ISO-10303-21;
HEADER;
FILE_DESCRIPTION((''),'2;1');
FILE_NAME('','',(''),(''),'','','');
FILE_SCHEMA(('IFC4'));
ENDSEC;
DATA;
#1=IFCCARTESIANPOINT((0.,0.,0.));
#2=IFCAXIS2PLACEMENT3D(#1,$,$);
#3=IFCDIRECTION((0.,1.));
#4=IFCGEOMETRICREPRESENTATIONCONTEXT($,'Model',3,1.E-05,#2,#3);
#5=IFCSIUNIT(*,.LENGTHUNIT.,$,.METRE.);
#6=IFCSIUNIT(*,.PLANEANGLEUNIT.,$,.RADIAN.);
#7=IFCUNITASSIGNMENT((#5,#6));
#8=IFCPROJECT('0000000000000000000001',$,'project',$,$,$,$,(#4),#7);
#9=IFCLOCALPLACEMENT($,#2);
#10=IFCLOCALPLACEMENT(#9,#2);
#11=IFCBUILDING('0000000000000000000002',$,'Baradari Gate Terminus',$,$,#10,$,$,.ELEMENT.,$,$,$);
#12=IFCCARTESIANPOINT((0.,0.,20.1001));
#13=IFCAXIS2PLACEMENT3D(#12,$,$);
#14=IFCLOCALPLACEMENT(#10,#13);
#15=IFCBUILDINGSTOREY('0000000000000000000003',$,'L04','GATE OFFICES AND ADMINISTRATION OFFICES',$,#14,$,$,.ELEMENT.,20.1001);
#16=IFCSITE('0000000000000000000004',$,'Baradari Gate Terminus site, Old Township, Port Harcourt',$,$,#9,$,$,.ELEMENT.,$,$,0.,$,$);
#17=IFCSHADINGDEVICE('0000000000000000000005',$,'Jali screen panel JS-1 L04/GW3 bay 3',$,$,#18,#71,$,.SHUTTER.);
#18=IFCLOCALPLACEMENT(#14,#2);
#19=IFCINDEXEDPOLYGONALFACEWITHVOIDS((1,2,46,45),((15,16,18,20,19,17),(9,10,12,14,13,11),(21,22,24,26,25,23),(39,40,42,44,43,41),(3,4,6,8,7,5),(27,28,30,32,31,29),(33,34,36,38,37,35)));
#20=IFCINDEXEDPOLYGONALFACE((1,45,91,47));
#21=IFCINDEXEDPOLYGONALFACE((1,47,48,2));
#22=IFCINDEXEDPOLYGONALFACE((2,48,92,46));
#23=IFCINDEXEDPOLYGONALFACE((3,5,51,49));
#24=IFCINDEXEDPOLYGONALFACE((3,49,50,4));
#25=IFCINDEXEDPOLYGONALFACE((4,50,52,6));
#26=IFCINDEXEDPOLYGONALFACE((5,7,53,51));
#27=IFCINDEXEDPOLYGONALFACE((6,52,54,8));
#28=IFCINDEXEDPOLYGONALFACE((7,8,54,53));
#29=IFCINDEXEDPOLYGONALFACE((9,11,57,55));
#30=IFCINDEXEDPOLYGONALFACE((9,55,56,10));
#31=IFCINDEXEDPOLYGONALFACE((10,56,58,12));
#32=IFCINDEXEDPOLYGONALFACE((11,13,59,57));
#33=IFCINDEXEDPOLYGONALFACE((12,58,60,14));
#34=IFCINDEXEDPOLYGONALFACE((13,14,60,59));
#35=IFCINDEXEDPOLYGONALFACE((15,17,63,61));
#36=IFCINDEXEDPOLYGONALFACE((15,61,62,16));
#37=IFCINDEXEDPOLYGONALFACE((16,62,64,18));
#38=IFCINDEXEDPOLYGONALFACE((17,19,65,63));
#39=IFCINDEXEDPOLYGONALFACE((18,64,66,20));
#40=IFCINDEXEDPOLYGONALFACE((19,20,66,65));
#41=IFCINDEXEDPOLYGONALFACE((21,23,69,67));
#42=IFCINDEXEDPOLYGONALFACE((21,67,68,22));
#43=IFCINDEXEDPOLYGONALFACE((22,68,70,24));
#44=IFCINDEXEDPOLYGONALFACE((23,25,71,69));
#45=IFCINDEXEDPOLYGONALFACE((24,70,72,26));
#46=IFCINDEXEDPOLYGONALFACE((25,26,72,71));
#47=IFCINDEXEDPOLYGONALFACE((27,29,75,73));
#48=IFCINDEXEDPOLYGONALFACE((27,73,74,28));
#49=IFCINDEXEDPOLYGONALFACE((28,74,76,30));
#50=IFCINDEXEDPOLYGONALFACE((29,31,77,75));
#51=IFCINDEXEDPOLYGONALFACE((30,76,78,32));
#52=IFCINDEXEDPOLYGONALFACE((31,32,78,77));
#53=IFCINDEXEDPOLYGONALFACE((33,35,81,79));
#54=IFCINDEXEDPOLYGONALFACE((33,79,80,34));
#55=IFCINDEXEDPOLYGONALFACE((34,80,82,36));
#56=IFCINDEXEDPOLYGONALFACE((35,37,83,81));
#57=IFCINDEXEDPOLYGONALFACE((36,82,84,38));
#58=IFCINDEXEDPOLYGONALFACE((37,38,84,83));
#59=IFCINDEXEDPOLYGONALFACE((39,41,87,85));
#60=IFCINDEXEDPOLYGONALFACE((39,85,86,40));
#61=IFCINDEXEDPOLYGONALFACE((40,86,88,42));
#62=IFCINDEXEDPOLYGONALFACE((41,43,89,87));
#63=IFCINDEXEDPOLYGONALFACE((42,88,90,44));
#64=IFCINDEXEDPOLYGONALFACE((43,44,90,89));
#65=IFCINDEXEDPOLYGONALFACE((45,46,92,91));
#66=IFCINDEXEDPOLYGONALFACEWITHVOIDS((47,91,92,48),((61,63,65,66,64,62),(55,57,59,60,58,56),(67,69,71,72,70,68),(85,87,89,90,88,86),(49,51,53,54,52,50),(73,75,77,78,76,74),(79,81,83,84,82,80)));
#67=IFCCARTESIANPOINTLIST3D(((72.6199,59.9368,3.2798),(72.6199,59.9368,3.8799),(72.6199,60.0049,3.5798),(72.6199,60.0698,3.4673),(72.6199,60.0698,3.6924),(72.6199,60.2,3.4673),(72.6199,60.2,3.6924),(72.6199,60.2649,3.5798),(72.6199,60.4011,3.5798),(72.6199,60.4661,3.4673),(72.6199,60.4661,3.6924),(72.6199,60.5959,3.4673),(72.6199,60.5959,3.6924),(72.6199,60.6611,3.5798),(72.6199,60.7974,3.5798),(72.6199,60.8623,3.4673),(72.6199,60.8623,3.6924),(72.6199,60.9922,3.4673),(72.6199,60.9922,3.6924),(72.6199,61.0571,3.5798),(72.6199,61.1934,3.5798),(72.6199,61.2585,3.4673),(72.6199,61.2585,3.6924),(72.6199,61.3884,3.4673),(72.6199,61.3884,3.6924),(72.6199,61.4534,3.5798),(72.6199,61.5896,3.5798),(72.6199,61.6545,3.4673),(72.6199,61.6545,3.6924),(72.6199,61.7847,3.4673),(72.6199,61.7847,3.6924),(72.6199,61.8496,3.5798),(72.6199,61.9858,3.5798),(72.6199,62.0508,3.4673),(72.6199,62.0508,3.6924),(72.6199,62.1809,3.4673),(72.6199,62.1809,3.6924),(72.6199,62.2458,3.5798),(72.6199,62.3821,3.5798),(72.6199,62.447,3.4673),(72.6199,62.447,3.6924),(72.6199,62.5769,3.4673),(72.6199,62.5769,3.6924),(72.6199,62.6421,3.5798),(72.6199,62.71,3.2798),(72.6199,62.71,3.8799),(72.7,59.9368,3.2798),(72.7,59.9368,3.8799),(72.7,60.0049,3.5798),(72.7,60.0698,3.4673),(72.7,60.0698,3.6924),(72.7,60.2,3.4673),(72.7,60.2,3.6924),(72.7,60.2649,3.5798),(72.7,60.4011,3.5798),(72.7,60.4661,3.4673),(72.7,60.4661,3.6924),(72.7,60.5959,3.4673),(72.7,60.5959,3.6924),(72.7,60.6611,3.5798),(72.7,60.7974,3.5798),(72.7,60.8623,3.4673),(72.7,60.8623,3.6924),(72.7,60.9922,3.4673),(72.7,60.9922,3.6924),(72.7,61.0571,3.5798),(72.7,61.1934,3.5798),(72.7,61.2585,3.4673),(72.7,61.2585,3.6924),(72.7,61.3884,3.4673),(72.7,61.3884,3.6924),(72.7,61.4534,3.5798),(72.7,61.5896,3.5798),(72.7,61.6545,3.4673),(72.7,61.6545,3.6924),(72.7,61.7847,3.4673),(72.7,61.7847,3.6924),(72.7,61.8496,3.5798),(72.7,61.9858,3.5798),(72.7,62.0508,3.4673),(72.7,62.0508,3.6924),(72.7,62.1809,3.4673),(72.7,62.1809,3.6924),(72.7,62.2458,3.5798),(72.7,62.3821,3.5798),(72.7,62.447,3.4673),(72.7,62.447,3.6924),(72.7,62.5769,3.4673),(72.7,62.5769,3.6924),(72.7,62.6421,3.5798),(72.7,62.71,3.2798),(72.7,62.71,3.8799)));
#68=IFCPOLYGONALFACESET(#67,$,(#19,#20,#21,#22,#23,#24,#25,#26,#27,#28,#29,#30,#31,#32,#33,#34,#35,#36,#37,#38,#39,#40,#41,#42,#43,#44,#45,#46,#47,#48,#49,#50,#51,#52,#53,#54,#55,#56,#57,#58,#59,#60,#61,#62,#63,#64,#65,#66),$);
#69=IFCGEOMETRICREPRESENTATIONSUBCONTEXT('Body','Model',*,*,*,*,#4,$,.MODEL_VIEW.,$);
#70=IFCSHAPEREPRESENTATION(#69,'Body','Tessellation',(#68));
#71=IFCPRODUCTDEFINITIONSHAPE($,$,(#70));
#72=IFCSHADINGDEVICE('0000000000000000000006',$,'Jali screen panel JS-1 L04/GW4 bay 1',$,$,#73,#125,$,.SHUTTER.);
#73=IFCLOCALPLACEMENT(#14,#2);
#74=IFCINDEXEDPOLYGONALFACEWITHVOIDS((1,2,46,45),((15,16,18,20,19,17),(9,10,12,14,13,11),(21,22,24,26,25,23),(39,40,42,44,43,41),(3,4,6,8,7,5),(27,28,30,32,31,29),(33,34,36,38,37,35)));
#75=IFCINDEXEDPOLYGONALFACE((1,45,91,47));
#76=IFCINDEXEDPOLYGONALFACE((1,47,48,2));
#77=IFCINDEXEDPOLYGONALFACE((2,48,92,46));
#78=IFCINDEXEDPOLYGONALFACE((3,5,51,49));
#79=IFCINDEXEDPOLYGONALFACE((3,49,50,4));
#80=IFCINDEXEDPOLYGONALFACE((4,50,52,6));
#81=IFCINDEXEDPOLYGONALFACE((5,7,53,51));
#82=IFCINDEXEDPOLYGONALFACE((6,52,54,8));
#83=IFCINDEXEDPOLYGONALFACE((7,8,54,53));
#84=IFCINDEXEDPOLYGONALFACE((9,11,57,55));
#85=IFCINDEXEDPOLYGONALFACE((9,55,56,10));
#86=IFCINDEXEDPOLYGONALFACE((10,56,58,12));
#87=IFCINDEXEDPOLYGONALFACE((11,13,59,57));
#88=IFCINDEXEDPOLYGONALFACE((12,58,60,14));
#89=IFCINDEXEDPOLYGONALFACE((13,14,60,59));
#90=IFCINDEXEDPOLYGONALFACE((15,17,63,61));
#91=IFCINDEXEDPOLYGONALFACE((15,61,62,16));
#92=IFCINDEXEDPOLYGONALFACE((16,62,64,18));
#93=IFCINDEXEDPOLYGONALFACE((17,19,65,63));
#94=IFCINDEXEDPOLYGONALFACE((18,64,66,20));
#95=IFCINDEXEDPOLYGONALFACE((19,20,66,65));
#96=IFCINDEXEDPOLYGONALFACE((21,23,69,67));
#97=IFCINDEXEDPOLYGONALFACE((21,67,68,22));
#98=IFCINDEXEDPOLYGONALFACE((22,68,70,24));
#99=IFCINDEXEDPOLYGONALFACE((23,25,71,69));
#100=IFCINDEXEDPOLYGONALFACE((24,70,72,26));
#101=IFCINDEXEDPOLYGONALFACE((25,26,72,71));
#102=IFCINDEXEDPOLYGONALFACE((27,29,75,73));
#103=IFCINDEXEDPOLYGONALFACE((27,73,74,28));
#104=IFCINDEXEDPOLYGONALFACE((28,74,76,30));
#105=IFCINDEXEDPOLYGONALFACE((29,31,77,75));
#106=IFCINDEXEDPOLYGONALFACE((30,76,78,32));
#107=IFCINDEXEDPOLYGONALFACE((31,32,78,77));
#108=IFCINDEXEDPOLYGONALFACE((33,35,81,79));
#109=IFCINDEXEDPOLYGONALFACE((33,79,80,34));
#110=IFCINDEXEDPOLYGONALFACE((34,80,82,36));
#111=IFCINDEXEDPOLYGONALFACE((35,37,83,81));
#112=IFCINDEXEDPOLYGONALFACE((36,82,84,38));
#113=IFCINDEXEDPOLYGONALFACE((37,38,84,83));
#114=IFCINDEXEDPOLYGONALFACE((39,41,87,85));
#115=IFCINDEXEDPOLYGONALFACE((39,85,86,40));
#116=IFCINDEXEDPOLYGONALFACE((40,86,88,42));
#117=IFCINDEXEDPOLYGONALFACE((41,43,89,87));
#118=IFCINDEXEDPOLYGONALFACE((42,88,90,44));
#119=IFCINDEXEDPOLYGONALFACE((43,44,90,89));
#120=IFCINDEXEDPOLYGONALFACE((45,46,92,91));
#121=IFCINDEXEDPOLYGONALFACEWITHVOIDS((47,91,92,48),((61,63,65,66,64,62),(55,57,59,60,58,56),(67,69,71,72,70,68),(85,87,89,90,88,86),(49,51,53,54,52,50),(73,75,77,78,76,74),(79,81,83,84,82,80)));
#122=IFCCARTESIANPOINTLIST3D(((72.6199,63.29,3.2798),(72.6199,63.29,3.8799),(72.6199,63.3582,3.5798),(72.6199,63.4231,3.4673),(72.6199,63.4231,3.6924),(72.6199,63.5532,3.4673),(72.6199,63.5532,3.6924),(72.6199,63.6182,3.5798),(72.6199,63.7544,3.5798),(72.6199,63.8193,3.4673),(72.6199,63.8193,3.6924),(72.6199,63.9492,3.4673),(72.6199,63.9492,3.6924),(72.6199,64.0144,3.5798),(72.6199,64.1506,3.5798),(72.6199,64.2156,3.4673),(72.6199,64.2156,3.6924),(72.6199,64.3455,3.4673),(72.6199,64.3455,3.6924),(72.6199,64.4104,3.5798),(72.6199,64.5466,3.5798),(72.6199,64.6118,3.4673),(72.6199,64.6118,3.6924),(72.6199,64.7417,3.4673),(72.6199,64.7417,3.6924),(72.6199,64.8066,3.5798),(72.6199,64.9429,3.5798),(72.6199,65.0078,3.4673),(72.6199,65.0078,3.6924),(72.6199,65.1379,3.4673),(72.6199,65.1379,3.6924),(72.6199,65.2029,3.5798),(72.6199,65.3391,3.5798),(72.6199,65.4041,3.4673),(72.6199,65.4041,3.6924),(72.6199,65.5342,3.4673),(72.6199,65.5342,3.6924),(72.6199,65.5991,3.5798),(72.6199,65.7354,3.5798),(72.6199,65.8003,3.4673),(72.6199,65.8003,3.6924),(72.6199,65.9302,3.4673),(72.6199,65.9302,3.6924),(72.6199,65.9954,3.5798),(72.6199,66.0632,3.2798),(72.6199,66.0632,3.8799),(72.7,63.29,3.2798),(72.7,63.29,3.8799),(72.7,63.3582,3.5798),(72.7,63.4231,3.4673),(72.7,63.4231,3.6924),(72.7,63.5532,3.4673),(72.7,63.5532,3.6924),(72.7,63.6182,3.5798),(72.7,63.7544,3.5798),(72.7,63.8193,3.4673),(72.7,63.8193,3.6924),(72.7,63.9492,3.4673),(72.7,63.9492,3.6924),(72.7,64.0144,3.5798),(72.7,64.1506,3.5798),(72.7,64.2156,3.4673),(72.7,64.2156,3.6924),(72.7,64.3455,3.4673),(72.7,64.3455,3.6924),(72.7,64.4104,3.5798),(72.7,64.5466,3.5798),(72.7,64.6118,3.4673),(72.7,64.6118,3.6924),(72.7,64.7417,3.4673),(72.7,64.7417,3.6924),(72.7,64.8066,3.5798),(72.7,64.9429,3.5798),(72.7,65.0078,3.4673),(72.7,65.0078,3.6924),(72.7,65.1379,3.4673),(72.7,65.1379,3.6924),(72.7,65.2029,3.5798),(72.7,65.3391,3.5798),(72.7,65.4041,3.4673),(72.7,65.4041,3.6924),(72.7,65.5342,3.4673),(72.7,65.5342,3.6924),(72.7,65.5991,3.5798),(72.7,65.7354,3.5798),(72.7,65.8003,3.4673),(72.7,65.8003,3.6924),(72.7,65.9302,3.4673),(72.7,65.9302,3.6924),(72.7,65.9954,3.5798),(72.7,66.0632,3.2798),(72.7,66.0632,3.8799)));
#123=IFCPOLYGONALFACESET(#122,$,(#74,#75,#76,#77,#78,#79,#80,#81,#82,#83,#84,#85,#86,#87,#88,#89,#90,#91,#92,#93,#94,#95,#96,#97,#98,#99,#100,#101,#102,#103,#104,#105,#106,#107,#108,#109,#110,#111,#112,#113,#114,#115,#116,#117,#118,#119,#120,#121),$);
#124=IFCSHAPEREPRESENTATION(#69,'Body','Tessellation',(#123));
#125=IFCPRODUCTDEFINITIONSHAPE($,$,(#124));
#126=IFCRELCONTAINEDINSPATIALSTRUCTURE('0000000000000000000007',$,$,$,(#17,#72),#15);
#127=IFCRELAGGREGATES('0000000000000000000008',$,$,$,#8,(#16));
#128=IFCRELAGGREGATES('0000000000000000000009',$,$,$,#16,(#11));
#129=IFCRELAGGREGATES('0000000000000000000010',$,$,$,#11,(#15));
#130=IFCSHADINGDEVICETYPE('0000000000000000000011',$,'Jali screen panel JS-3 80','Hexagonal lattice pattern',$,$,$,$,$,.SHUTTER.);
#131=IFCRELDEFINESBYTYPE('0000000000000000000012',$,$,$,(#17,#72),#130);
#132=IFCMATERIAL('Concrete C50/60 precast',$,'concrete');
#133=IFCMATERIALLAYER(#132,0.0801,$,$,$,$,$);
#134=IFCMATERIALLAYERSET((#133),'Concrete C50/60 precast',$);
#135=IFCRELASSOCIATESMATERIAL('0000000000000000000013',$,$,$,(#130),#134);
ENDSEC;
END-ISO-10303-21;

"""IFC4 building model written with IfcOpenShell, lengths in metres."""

from ifc_helpers import new_model, si_unit, direction, frame, origin, place, context, subcontext, project, spatial, polyline, outline, extrude, material, layer, layer_set, type_object, element, save


model = new_model("IFC4")

# Units and contexts
model_context = context("Model", 3, precision=1e-05, world=origin(), true_north=direction((0.0, 1.0)))
body_context = subcontext(model_context, "Body", "Model", "MODEL_VIEW")
ifc_project = project(units=[si_unit("LENGTHUNIT", "METRE"), si_unit("PLANEANGLEUNIT", "RADIAN")], contexts=[model_context])

# Site, building, storey
site_placement = place(None, origin())
site = spatial("IfcSite", under=ifc_project, at=site_placement, Name="Baradari Gate Terminus site, Old Township, Port Harcourt", CompositionType="ELEMENT", RefElevation=0.0)
building_placement = place(site_placement, origin())
building = spatial("IfcBuilding", under=site, at=building_placement, Name="Baradari Gate Terminus", CompositionType="ELEMENT")
storey_placement = place(building_placement, frame((0.0, 0.0, 20.1001)))
storey = spatial("IfcBuildingStorey", under=building, at=storey_placement, Name="L04", Description="GATE OFFICES AND ADMINISTRATION OFFICES", CompositionType="ELEMENT", Elevation=20.1001)

# Shading devices
ifc_material_1 = material(Name="Concrete C50/60 precast", Category="concrete")
ifc_layer = layer(ifc_material_1, 0.0801)
ifc_layer_set = layer_set([ifc_layer], Name="Concrete C50/60 precast")
shading_device_type = type_object("IfcShadingDeviceType", Name="Jali screen panel JS-3 80", Description="Hexagonal lattice pattern", PredefinedType="SHUTTER", material=ifc_layer_set)
shading_device_1_placement = place(storey_placement, frame((72.6599, 59.9368, 3.2798), z_axis=(0.0, 0.0, 1.0), x_axis=(0.0, 1.0, 0.0)))
element("IfcShadingDevice", 1, at=shading_device_1_placement, inside=storey, type_object=shading_device_type, Name="Jali screen panel JS-1 L04/GW3 bay 3", PredefinedType="SHUTTER", context=body_context, shape_type="SweptSolid", body=[
    extrude(outline(polyline([(0.0, 0.0), (2.7732, 0.0), (2.7732, 0.6001), (0.0, 0.6001), (0.0, 0.0)]), holes=[polyline([(0.3281, 0.3), (0.2632, 0.1875), (0.1331, 0.1875), (0.0681, 0.3), (0.1331, 0.4126), (0.2632, 0.4126), (0.3281, 0.3)]), polyline([(0.7244, 0.3), (0.6592, 0.1875), (0.5293, 0.1875), (0.4644, 0.3), (0.5293, 0.4126), (0.6592, 0.4126), (0.7244, 0.3)]), polyline([(1.1204, 0.3), (1.0554, 0.1875), (0.9255, 0.1875), (0.8606, 0.3), (0.9255, 0.4126), (1.0554, 0.4126), (1.1204, 0.3)]), polyline([(1.5166, 0.3), (1.4517, 0.1875), (1.3218, 0.1875), (1.2566, 0.3), (1.3218, 0.4126), (1.4517, 0.4126), (1.5166, 0.3)]), polyline([(1.9128, 0.3), (1.8479, 0.1875), (1.7178, 0.1875), (1.6528, 0.3), (1.7178, 0.4126), (1.8479, 0.4126), (1.9128, 0.3)]), polyline([(2.3091, 0.3), (2.2441, 0.1875), (2.114, 0.1875), (2.0491, 0.3), (2.114, 0.4126), (2.2441, 0.4126), (2.3091, 0.3)]), polyline([(2.7053, 0.3), (2.6401, 0.1875), (2.5103, 0.1875), (2.4453, 0.3), (2.5103, 0.4126), (2.6401, 0.4126), (2.7053, 0.3)])]), frame((0.0, 0.04, 0.0), z_axis=(0.0, -1.0, 0.0), x_axis=(1.0, 0.0, 0.0)), (0.0, 0.0, 1.0), 0.0801),
])
shading_device_2_placement = place(storey_placement, frame((72.6599, 63.29, 3.2798), z_axis=(0.0, 0.0, 1.0), x_axis=(0.0, 1.0, 0.0)))
element("IfcShadingDevice", 2, at=shading_device_2_placement, inside=storey, type_object=shading_device_type, Name="Jali screen panel JS-1 L04/GW4 bay 1", PredefinedType="SHUTTER", context=body_context, shape_type="SweptSolid", body=[
    extrude(outline(polyline([(0.0, 0.0), (2.7732, 0.0), (2.7732, 0.6001), (0.0, 0.6001), (0.0, 0.0)]), holes=[polyline([(0.3281, 0.3), (0.2632, 0.1875), (0.1331, 0.1875), (0.0681, 0.3), (0.1331, 0.4126), (0.2632, 0.4126), (0.3281, 0.3)]), polyline([(0.7244, 0.3), (0.6592, 0.1875), (0.5293, 0.1875), (0.4644, 0.3), (0.5293, 0.4126), (0.6592, 0.4126), (0.7244, 0.3)]), polyline([(1.1204, 0.3), (1.0554, 0.1875), (0.9255, 0.1875), (0.8606, 0.3), (0.9255, 0.4126), (1.0554, 0.4126), (1.1204, 0.3)]), polyline([(1.5166, 0.3), (1.4517, 0.1875), (1.3218, 0.1875), (1.2566, 0.3), (1.3218, 0.4126), (1.4517, 0.4126), (1.5166, 0.3)]), polyline([(1.9128, 0.3), (1.8479, 0.1875), (1.7178, 0.1875), (1.6528, 0.3), (1.7178, 0.4126), (1.8479, 0.4126), (1.9128, 0.3)]), polyline([(2.3091, 0.3), (2.2441, 0.1875), (2.114, 0.1875), (2.0491, 0.3), (2.114, 0.4126), (2.2441, 0.4126), (2.3091, 0.3)]), polyline([(2.7053, 0.3), (2.6401, 0.1875), (2.5103, 0.1875), (2.4453, 0.3), (2.5103, 0.4126), (2.6401, 0.4126), (2.7053, 0.3)])]), frame((0.0, 0.04, 0.0), z_axis=(0.0, -1.0, 0.0), x_axis=(1.0, 0.0, 0.0)), (0.0, 0.0, 1.0), 0.0801),
])

save(model, "model.ifc")
